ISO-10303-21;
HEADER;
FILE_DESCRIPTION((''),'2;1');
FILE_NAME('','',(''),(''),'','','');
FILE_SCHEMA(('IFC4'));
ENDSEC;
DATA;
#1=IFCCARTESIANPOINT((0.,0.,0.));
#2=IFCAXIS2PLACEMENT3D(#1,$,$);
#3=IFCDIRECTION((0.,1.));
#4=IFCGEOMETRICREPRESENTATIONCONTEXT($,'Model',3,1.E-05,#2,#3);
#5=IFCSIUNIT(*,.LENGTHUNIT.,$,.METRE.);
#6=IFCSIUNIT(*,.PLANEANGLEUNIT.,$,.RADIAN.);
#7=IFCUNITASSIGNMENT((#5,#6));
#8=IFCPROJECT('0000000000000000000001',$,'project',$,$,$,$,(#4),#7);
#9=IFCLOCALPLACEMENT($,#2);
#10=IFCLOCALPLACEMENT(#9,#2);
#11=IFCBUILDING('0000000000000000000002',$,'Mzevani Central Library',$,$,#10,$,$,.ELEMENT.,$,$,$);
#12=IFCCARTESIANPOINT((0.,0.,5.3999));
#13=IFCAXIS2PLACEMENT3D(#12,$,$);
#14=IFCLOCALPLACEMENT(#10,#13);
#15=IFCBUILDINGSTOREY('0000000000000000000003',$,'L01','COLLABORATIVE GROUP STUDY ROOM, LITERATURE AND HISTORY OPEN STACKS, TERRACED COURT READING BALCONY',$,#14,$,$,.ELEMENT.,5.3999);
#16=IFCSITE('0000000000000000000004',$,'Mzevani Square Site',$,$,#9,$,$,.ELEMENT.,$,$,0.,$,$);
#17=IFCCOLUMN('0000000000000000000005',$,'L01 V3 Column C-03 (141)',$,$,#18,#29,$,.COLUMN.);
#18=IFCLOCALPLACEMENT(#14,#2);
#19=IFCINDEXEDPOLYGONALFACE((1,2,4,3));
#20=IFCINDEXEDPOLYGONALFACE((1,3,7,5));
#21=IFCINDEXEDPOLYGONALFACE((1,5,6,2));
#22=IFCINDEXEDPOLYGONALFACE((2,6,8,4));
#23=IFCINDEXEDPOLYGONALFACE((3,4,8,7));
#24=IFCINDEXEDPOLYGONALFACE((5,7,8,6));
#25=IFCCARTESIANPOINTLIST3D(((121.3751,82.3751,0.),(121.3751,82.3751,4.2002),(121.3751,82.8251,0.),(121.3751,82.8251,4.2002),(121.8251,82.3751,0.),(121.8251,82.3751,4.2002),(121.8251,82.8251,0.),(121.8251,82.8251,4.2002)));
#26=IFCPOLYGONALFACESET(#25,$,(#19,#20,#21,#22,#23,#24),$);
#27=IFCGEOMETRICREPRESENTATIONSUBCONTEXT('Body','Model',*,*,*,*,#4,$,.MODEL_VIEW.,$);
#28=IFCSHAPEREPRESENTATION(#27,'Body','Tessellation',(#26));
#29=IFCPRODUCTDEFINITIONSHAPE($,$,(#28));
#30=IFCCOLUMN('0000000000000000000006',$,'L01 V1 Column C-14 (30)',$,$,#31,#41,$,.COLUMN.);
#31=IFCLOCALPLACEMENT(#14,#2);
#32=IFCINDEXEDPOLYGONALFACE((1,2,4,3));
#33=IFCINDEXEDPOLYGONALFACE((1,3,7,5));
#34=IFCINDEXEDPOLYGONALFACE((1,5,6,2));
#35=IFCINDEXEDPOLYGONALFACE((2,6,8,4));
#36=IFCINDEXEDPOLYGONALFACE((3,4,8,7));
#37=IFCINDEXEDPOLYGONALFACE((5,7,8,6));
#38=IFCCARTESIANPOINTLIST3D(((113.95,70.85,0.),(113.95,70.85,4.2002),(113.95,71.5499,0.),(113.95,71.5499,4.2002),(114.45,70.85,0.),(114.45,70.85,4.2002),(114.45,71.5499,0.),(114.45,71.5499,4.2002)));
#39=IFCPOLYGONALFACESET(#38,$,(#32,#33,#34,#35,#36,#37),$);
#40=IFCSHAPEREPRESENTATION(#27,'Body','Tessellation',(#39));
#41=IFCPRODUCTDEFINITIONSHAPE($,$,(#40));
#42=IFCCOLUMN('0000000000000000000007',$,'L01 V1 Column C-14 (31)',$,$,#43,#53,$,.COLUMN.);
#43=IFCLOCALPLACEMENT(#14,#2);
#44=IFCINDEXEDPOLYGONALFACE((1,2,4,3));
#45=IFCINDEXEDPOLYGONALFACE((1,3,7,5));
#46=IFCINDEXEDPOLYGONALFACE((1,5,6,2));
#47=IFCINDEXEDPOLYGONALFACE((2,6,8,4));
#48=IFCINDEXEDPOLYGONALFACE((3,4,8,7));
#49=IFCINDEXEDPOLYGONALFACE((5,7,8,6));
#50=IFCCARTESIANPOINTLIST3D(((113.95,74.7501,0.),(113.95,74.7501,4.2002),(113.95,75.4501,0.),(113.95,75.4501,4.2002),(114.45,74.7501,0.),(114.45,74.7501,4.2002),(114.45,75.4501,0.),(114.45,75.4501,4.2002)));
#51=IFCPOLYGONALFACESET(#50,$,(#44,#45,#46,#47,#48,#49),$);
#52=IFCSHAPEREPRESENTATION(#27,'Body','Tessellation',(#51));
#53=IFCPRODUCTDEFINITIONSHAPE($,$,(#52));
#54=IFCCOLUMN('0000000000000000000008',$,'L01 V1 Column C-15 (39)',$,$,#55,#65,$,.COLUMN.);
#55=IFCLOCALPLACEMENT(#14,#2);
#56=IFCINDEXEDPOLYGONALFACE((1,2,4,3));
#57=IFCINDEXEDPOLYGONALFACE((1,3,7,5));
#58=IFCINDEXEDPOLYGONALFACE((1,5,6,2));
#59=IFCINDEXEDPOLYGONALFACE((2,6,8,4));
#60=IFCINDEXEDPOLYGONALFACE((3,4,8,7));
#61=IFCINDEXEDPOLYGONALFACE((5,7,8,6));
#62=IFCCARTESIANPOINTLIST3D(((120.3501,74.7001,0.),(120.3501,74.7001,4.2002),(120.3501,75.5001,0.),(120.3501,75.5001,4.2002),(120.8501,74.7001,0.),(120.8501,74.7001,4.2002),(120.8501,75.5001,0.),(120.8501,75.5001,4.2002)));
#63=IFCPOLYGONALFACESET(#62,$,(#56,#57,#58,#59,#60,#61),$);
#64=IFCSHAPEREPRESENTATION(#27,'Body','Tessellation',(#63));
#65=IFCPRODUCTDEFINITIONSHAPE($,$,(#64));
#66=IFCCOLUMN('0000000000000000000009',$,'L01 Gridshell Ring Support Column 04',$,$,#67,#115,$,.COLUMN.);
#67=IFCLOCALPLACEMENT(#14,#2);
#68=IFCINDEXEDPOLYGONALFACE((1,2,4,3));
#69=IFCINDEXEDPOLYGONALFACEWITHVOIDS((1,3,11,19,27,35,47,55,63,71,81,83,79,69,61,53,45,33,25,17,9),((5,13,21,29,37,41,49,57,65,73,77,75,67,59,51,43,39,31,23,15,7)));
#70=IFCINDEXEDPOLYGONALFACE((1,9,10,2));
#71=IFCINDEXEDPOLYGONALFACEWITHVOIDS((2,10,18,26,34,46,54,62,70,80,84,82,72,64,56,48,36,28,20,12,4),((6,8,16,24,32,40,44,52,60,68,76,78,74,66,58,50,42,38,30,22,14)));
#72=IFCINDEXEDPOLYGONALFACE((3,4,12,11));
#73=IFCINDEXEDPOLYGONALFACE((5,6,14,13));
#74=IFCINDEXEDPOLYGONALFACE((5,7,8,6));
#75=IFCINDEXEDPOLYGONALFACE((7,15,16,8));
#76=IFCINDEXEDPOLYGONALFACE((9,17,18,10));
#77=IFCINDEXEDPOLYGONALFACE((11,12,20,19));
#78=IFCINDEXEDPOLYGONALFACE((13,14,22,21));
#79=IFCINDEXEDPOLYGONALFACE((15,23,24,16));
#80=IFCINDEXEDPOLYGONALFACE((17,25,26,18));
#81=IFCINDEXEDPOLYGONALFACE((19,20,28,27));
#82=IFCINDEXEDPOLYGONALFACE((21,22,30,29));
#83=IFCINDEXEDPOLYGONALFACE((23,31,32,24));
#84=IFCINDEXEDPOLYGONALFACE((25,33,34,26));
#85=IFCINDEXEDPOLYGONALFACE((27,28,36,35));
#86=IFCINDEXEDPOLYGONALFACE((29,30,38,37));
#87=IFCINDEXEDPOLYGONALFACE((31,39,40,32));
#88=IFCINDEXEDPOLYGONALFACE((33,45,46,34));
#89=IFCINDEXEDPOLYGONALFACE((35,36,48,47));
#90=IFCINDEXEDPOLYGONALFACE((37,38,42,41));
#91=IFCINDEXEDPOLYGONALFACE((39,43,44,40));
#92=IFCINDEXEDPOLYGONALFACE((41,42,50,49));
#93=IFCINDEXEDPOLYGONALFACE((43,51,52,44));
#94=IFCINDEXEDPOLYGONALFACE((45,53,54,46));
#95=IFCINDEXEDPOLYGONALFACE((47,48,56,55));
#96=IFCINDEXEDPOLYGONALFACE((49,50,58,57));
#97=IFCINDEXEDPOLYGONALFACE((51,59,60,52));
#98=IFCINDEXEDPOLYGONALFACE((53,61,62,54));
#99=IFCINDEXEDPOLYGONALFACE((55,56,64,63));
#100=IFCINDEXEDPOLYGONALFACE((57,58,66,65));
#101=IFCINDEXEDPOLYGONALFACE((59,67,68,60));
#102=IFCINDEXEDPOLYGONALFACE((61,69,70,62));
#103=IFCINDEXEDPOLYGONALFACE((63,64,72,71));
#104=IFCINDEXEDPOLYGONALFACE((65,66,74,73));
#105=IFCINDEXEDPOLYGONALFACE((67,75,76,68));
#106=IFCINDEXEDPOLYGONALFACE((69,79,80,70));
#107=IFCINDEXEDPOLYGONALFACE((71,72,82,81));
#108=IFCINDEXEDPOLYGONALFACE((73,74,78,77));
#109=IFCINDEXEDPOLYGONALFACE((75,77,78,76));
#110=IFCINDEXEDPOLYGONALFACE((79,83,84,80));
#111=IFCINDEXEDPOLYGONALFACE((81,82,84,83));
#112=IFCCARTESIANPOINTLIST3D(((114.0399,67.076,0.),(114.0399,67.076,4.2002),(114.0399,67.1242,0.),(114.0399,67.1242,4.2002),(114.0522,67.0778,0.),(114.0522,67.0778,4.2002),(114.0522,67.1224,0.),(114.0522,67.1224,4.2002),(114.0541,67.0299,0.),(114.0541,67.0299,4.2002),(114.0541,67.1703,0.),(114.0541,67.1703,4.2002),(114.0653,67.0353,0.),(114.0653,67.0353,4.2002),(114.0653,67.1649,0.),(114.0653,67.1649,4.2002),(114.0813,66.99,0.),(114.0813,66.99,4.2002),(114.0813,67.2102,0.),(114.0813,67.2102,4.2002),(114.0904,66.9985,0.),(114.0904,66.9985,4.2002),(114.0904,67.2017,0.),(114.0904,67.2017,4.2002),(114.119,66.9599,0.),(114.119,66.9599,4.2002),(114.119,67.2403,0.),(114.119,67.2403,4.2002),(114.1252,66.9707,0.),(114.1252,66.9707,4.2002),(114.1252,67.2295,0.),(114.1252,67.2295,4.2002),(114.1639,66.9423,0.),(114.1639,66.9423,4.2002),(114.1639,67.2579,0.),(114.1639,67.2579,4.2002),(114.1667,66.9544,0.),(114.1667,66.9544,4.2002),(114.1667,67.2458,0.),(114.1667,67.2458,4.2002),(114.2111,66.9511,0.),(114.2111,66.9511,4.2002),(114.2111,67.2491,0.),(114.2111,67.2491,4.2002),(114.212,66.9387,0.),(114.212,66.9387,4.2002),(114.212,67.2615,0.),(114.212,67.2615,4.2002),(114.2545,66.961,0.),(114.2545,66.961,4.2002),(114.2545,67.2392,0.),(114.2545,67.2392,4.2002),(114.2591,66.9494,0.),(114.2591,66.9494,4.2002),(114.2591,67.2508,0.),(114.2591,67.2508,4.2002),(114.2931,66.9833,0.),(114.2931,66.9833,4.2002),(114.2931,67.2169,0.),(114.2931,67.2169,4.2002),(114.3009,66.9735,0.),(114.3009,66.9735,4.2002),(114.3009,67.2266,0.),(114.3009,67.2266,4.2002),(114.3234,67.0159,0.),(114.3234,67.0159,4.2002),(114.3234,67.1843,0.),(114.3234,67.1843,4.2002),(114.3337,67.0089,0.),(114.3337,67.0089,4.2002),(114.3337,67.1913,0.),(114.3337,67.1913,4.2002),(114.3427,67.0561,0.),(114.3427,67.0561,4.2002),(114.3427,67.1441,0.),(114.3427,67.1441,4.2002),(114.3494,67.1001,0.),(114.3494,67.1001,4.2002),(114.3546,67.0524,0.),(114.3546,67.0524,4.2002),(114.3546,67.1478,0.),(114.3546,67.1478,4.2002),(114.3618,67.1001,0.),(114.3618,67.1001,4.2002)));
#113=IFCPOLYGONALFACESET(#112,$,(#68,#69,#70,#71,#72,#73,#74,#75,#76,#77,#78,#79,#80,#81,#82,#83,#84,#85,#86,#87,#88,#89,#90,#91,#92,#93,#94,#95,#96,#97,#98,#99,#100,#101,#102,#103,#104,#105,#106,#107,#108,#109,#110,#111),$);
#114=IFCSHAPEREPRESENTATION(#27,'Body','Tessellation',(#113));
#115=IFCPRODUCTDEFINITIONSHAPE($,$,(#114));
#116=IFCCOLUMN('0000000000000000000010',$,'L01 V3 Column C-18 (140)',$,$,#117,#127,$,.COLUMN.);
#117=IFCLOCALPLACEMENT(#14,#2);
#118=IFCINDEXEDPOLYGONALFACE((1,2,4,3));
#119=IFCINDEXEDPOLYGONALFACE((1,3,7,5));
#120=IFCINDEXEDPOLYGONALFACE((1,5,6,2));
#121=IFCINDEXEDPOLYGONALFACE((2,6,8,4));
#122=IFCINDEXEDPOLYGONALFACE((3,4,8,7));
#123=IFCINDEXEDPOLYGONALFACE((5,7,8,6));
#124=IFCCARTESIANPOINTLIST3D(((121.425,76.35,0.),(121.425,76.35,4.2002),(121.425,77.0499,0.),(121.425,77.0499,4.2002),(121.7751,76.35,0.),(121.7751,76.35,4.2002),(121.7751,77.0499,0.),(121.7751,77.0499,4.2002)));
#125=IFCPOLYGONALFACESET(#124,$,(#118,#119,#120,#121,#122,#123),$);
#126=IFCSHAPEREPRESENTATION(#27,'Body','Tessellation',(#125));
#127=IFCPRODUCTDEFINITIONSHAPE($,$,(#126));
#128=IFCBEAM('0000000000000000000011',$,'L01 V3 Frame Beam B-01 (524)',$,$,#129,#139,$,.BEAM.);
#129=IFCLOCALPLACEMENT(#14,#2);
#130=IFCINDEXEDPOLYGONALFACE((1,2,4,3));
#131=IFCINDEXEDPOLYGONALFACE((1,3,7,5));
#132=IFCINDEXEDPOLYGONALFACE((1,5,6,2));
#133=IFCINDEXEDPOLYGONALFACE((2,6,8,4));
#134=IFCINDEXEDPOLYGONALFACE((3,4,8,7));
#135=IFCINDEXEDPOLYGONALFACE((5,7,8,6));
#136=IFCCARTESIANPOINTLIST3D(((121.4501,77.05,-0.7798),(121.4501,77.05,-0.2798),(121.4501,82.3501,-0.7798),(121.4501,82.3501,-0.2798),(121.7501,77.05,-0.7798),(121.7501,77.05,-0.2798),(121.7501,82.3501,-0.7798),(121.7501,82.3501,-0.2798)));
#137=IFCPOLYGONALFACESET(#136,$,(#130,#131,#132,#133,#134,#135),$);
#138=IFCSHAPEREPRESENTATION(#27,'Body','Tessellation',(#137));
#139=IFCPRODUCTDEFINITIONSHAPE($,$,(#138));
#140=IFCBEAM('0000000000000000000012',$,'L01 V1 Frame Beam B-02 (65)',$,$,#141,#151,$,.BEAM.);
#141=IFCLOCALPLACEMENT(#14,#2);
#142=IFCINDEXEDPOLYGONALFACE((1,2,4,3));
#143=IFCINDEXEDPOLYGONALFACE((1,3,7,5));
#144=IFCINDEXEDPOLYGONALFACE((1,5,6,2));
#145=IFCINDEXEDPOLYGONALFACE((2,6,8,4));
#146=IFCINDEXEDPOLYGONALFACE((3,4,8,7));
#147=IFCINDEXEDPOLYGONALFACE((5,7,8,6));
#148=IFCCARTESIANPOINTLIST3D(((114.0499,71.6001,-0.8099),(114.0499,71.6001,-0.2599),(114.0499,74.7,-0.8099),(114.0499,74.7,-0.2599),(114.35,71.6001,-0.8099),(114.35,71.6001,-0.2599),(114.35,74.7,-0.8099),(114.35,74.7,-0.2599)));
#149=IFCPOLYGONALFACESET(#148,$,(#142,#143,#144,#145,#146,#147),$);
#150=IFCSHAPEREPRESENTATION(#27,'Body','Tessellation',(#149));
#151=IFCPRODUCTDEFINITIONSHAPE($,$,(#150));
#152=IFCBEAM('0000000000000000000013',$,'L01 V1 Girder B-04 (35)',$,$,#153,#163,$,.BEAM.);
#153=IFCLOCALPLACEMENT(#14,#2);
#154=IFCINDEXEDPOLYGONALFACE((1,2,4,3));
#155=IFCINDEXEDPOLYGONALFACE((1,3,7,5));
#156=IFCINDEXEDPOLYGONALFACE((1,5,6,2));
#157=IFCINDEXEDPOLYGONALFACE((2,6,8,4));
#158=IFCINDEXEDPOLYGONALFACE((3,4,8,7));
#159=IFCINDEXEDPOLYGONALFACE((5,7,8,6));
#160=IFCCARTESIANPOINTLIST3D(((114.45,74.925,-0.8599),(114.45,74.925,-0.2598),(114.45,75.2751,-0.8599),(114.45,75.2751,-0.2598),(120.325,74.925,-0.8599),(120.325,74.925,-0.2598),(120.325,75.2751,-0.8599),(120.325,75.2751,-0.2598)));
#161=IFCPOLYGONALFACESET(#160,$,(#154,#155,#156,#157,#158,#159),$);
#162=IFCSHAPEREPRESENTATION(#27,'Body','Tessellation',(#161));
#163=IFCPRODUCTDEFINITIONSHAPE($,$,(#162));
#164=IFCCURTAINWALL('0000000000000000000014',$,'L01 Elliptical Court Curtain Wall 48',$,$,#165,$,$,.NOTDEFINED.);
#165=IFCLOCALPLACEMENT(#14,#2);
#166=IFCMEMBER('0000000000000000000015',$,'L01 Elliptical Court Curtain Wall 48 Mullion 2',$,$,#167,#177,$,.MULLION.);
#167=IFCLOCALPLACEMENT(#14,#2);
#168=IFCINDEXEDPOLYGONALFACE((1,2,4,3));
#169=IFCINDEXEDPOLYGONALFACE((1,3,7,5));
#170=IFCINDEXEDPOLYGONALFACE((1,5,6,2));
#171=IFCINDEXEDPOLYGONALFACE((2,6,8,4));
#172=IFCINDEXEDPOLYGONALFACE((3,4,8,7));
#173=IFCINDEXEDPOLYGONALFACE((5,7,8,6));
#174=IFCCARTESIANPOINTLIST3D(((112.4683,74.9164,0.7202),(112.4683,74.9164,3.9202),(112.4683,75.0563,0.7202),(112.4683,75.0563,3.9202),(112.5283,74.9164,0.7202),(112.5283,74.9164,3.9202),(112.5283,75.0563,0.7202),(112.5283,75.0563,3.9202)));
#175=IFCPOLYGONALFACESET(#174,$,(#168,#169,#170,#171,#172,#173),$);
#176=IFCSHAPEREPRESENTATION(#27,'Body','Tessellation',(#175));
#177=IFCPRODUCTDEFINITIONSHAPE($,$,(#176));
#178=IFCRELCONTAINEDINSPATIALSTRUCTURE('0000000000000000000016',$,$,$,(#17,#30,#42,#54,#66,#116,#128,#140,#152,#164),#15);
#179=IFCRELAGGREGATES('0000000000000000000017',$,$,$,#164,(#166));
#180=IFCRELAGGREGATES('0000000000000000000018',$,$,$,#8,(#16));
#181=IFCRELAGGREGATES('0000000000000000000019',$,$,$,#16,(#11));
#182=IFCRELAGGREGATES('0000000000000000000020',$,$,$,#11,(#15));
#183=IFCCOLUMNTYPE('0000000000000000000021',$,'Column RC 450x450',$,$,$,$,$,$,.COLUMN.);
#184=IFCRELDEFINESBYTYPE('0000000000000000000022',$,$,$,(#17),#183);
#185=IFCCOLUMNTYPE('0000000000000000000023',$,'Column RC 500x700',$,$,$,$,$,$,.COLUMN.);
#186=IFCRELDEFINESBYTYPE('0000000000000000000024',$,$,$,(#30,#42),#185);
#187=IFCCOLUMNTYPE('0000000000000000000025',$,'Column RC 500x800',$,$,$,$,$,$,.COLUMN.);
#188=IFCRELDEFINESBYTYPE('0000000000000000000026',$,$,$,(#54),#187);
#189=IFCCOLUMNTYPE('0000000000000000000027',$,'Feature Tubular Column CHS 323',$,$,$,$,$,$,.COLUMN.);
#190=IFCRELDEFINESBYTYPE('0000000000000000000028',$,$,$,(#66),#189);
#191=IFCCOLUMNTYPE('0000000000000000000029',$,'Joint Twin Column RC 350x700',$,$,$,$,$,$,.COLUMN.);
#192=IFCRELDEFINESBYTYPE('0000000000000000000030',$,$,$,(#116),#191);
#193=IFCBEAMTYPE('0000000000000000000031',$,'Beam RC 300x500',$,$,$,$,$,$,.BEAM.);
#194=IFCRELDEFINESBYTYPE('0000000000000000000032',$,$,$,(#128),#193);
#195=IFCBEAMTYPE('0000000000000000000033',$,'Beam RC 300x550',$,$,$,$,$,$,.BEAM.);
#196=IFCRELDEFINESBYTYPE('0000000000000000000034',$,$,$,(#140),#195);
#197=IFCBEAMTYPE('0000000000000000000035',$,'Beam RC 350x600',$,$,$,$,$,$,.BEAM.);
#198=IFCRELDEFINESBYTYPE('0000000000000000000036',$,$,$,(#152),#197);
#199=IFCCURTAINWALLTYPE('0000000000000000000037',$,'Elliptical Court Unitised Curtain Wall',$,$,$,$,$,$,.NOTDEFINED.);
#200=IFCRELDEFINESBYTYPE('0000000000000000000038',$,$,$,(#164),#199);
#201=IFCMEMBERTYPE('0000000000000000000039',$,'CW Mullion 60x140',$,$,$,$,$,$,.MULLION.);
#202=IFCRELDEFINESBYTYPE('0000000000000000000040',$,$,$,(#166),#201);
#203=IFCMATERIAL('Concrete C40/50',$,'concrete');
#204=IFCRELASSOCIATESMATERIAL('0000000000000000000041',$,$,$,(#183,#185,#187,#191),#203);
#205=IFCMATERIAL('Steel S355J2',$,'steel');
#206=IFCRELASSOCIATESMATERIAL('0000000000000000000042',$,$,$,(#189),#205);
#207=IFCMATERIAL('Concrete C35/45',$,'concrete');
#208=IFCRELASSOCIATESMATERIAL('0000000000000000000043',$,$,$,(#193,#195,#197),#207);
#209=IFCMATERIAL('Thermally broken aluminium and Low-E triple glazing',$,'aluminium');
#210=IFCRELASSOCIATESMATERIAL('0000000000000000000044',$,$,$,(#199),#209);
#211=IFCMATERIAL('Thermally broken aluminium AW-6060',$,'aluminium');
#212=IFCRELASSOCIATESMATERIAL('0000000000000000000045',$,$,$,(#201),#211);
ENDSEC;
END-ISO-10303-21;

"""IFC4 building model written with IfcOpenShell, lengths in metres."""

from ifc_helpers import new_model, si_unit, direction, frame, origin, origin_2d, place, context, subcontext, project, spatial, rectangle, hollow_circle, extrude, material, material_profile, profile_set, type_object, element, aggregate, save


model = new_model("IFC4")

# Units and contexts
model_context = context("Model", 3, precision=1e-05, world=origin(), true_north=direction((0.0, 1.0)))
body_context = subcontext(model_context, "Body", "Model", "MODEL_VIEW")
ifc_project = project(units=[si_unit("LENGTHUNIT", "METRE"), si_unit("PLANEANGLEUNIT", "RADIAN")], contexts=[model_context])

# Site, building, storey
site_placement = place(None, origin())
site = spatial("IfcSite", under=ifc_project, at=site_placement, Name="Mzevani Square Site", CompositionType="ELEMENT", RefElevation=0.0)
building_placement = place(site_placement, origin())
building = spatial("IfcBuilding", under=site, at=building_placement, Name="Mzevani Central Library", CompositionType="ELEMENT")
storey_placement = place(building_placement, frame((0.0, 0.0, 5.3999)))
storey = spatial("IfcBuildingStorey", under=building, at=storey_placement, Name="L01", Description="COLLABORATIVE GROUP STUDY ROOM, LITERATURE AND HISTORY OPEN STACKS, TERRACED COURT READING BALCONY", CompositionType="ELEMENT", Elevation=5.3999)

# Columns
ifc_material_1 = material(Name="Concrete C40/50", Category="concrete")
ifc_material_profile_1 = material_profile(ifc_material_1, rectangle(XDim=0.45, YDim=0.45, at=origin_2d()), Name="RC 450x450")
ifc_profile_set_1 = profile_set([ifc_material_profile_1], Name="Concrete C40/50")
column_type_1 = type_object("IfcColumnType", Name="Column RC 450x450", PredefinedType="COLUMN", material=ifc_profile_set_1)
column_1_placement = place(storey_placement, frame((121.6001, 82.6001, 0.0), z_axis=(0.0, 0.0, 1.0), x_axis=(1.0, 0.0, 0.0)))
element("IfcColumn", 1, at=column_1_placement, inside=storey, type_object=column_type_1, Name="L01 V3 Column C-03 (141)", PredefinedType="COLUMN", context=body_context, shape_type="SweptSolid", body=[
    extrude(rectangle(XDim=0.45, YDim=0.45, at=origin_2d()), origin(), (0.0, 0.0, 1.0), 4.2002),
])
ifc_material_profile_2 = material_profile(ifc_material_1, rectangle(XDim=0.5, YDim=0.7, at=origin_2d()), Name="RC 500x700")
ifc_profile_set_2 = profile_set([ifc_material_profile_2], Name="Concrete C40/50")
column_type_2 = type_object("IfcColumnType", Name="Column RC 500x700", PredefinedType="COLUMN", material=ifc_profile_set_2)
for number, where, z_axis, x_axis, name in (
    (2, (114.2, 71.2, 0.0), (0.0, 0.0, 1.0), (1.0, 0.0, 0.0), "L01 V1 Column C-14 (30)"),
    (3, (114.2, 75.1001, 0.0), (0.0, 0.0, 1.0), (1.0, 0.0, 0.0), "L01 V1 Column C-14 (31)"),
):
    element("IfcColumn", number, at=place(storey_placement, frame(where, z_axis=z_axis, x_axis=x_axis)), inside=storey, type_object=column_type_2, Name=name, PredefinedType="COLUMN", context=body_context, shape_type="SweptSolid", body=[
        extrude(rectangle(XDim=0.5, YDim=0.7, at=origin_2d()), origin(), (0.0, 0.0, 1.0), 4.2002),
    ])
ifc_material_profile_3 = material_profile(ifc_material_1, rectangle(XDim=0.5, YDim=0.8, at=origin_2d()), Name="RC 500x800")
ifc_profile_set_3 = profile_set([ifc_material_profile_3], Name="Concrete C40/50")
column_type_3 = type_object("IfcColumnType", Name="Column RC 500x800", PredefinedType="COLUMN", material=ifc_profile_set_3)
column_2_placement = place(storey_placement, frame((120.6001, 75.1001, 0.0), z_axis=(0.0, 0.0, 1.0), x_axis=(1.0, 0.0, 0.0)))
element("IfcColumn", 4, at=column_2_placement, inside=storey, type_object=column_type_3, Name="L01 V1 Column C-15 (39)", PredefinedType="COLUMN", context=body_context, shape_type="SweptSolid", body=[
    extrude(rectangle(XDim=0.5, YDim=0.8, at=origin_2d()), origin(), (0.0, 0.0, 1.0), 4.2002),
])
ifc_material_2 = material(Name="Steel S355J2", Category="steel")
ifc_material_profile_4 = material_profile(ifc_material_2, hollow_circle(Radius=0.1619, WallThickness=0.0125, at=origin_2d()), Name="CHS 323.9x12.5")
ifc_profile_set_4 = profile_set([ifc_material_profile_4], Name="Steel S355J2")
column_type_4 = type_object("IfcColumnType", Name="Feature Tubular Column CHS 323", PredefinedType="COLUMN", material=ifc_profile_set_4)
column_3_placement = place(storey_placement, frame((114.2, 67.1001, 0.0), z_axis=(0.0, 0.0, 1.0), x_axis=(1.0, 0.0, 0.0)))
element("IfcColumn", 5, at=column_3_placement, inside=storey, type_object=column_type_4, Name="L01 Gridshell Ring Support Column 04", PredefinedType="COLUMN", context=body_context, shape_type="SweptSolid", body=[
    extrude(hollow_circle(Radius=0.1619, WallThickness=0.0125, at=origin_2d()), origin(), (0.0, 0.0, 1.0), 4.2002),
])
ifc_material_profile_5 = material_profile(ifc_material_1, rectangle(XDim=0.3501, YDim=0.7, at=origin_2d()), Name="RC 350x700")
ifc_profile_set_5 = profile_set([ifc_material_profile_5], Name="Concrete C40/50")
column_type_5 = type_object("IfcColumnType", Name="Joint Twin Column RC 350x700", PredefinedType="COLUMN", material=ifc_profile_set_5)
column_4_placement = place(storey_placement, frame((121.6001, 76.7, 0.0), z_axis=(0.0, 0.0, 1.0), x_axis=(1.0, 0.0, 0.0)))
element("IfcColumn", 6, at=column_4_placement, inside=storey, type_object=column_type_5, Name="L01 V3 Column C-18 (140)", PredefinedType="COLUMN", context=body_context, shape_type="SweptSolid", body=[
    extrude(rectangle(XDim=0.3501, YDim=0.7, at=origin_2d()), origin(), (0.0, 0.0, 1.0), 4.2002),
])

# Beams
ifc_material_3 = material(Name="Concrete C35/45", Category="concrete")
ifc_material_profile_6 = material_profile(ifc_material_3, rectangle(XDim=0.3, YDim=0.5, at=origin_2d()), Name="RC B300x500")
ifc_profile_set_6 = profile_set([ifc_material_profile_6], Name="Concrete C35/45")
beam_type_1 = type_object("IfcBeamType", Name="Beam RC 300x500", PredefinedType="BEAM", material=ifc_profile_set_6)
beam_1_placement = place(storey_placement, frame((121.6001, 77.05, -0.5298), z_axis=(0.0, 1.0, 0.0), x_axis=(-1.0, 0.0, 0.0)))
element("IfcBeam", 7, at=beam_1_placement, inside=storey, type_object=beam_type_1, Name="L01 V3 Frame Beam B-01 (524)", PredefinedType="BEAM", context=body_context, shape_type="SweptSolid", body=[
    extrude(rectangle(XDim=0.3, YDim=0.5, at=origin_2d()), origin(), (0.0, 0.0, 1.0), 5.3),
])
ifc_material_profile_7 = material_profile(ifc_material_3, rectangle(XDim=0.3, YDim=0.55, at=origin_2d()), Name="RC B300x550")
ifc_profile_set_7 = profile_set([ifc_material_profile_7], Name="Concrete C35/45")
beam_type_2 = type_object("IfcBeamType", Name="Beam RC 300x550", PredefinedType="BEAM", material=ifc_profile_set_7)
beam_2_placement = place(storey_placement, frame((114.2, 71.6001, -0.5349), z_axis=(0.0, 1.0, 0.0), x_axis=(-1.0, 0.0, 0.0)))
element("IfcBeam", 8, at=beam_2_placement, inside=storey, type_object=beam_type_2, Name="L01 V1 Frame Beam B-02 (65)", PredefinedType="BEAM", context=body_context, shape_type="SweptSolid", body=[
    extrude(rectangle(XDim=0.3, YDim=0.55, at=origin_2d()), origin(), (0.0, 0.0, 1.0), 3.0999),
])
ifc_material_profile_8 = material_profile(ifc_material_3, rectangle(XDim=0.3501, YDim=0.6001, at=origin_2d()), Name="RC B350x600")
ifc_profile_set_8 = profile_set([ifc_material_profile_8], Name="Concrete C35/45")
beam_type_3 = type_object("IfcBeamType", Name="Beam RC 350x600", PredefinedType="BEAM", material=ifc_profile_set_8)
beam_3_placement = place(storey_placement, frame((114.45, 75.1001, -0.5598), z_axis=(1.0, 0.0, 0.0), x_axis=(0.0, 1.0, 0.0)))
element("IfcBeam", 9, at=beam_3_placement, inside=storey, type_object=beam_type_3, Name="L01 V1 Girder B-04 (35)", PredefinedType="BEAM", context=body_context, shape_type="SweptSolid", body=[
    extrude(rectangle(XDim=0.3501, YDim=0.6001, at=origin_2d()), origin(), (0.0, 0.0, 1.0), 5.875),
])

# Curtain wall, member
ifc_material_4 = material(Name="Thermally broken aluminium and Low-E triple glazing", Category="aluminium")
curtain_wall_type_1 = type_object("IfcCurtainWallType", Name="Elliptical Court Unitised Curtain Wall", PredefinedType="NOTDEFINED", material=ifc_material_4)
curtain_wall_1_placement = place(storey_placement, origin())
curtain_wall_1 = element("IfcCurtainWall", 10, at=curtain_wall_1_placement, inside=storey, type_object=curtain_wall_type_1, Name="L01 Elliptical Court Curtain Wall 48", PredefinedType="NOTDEFINED")
ifc_material_5 = material(Name="Thermally broken aluminium AW-6060", Category="aluminium")
ifc_material_profile_9 = material_profile(ifc_material_5, rectangle(XDim=0.0601, YDim=0.1399, at=origin_2d()), Name="ALU M60x140")
ifc_profile_set_9 = profile_set([ifc_material_profile_9], Name="Thermally broken aluminium AW-6060")
member_type_1 = type_object("IfcMemberType", Name="CW Mullion 60x140", PredefinedType="MULLION", material=ifc_profile_set_9)
member_1_placement = place(storey_placement, frame((112.4983, 74.9863, 0.7202), z_axis=(0.0, 0.0, 1.0), x_axis=(1.0, 0.0, 0.0)))
member_1 = element("IfcMember", 11, at=member_1_placement, type_object=member_type_1, Name="L01 Elliptical Court Curtain Wall 48 Mullion 2", PredefinedType="MULLION", context=body_context, shape_type="SweptSolid", body=[
    extrude(rectangle(XDim=0.0601, YDim=0.1399, at=origin_2d()), origin(), (0.0, 0.0, 1.0), 3.2),
])

aggregate(curtain_wall_1, [member_1])

save(model, "model.ifc")
